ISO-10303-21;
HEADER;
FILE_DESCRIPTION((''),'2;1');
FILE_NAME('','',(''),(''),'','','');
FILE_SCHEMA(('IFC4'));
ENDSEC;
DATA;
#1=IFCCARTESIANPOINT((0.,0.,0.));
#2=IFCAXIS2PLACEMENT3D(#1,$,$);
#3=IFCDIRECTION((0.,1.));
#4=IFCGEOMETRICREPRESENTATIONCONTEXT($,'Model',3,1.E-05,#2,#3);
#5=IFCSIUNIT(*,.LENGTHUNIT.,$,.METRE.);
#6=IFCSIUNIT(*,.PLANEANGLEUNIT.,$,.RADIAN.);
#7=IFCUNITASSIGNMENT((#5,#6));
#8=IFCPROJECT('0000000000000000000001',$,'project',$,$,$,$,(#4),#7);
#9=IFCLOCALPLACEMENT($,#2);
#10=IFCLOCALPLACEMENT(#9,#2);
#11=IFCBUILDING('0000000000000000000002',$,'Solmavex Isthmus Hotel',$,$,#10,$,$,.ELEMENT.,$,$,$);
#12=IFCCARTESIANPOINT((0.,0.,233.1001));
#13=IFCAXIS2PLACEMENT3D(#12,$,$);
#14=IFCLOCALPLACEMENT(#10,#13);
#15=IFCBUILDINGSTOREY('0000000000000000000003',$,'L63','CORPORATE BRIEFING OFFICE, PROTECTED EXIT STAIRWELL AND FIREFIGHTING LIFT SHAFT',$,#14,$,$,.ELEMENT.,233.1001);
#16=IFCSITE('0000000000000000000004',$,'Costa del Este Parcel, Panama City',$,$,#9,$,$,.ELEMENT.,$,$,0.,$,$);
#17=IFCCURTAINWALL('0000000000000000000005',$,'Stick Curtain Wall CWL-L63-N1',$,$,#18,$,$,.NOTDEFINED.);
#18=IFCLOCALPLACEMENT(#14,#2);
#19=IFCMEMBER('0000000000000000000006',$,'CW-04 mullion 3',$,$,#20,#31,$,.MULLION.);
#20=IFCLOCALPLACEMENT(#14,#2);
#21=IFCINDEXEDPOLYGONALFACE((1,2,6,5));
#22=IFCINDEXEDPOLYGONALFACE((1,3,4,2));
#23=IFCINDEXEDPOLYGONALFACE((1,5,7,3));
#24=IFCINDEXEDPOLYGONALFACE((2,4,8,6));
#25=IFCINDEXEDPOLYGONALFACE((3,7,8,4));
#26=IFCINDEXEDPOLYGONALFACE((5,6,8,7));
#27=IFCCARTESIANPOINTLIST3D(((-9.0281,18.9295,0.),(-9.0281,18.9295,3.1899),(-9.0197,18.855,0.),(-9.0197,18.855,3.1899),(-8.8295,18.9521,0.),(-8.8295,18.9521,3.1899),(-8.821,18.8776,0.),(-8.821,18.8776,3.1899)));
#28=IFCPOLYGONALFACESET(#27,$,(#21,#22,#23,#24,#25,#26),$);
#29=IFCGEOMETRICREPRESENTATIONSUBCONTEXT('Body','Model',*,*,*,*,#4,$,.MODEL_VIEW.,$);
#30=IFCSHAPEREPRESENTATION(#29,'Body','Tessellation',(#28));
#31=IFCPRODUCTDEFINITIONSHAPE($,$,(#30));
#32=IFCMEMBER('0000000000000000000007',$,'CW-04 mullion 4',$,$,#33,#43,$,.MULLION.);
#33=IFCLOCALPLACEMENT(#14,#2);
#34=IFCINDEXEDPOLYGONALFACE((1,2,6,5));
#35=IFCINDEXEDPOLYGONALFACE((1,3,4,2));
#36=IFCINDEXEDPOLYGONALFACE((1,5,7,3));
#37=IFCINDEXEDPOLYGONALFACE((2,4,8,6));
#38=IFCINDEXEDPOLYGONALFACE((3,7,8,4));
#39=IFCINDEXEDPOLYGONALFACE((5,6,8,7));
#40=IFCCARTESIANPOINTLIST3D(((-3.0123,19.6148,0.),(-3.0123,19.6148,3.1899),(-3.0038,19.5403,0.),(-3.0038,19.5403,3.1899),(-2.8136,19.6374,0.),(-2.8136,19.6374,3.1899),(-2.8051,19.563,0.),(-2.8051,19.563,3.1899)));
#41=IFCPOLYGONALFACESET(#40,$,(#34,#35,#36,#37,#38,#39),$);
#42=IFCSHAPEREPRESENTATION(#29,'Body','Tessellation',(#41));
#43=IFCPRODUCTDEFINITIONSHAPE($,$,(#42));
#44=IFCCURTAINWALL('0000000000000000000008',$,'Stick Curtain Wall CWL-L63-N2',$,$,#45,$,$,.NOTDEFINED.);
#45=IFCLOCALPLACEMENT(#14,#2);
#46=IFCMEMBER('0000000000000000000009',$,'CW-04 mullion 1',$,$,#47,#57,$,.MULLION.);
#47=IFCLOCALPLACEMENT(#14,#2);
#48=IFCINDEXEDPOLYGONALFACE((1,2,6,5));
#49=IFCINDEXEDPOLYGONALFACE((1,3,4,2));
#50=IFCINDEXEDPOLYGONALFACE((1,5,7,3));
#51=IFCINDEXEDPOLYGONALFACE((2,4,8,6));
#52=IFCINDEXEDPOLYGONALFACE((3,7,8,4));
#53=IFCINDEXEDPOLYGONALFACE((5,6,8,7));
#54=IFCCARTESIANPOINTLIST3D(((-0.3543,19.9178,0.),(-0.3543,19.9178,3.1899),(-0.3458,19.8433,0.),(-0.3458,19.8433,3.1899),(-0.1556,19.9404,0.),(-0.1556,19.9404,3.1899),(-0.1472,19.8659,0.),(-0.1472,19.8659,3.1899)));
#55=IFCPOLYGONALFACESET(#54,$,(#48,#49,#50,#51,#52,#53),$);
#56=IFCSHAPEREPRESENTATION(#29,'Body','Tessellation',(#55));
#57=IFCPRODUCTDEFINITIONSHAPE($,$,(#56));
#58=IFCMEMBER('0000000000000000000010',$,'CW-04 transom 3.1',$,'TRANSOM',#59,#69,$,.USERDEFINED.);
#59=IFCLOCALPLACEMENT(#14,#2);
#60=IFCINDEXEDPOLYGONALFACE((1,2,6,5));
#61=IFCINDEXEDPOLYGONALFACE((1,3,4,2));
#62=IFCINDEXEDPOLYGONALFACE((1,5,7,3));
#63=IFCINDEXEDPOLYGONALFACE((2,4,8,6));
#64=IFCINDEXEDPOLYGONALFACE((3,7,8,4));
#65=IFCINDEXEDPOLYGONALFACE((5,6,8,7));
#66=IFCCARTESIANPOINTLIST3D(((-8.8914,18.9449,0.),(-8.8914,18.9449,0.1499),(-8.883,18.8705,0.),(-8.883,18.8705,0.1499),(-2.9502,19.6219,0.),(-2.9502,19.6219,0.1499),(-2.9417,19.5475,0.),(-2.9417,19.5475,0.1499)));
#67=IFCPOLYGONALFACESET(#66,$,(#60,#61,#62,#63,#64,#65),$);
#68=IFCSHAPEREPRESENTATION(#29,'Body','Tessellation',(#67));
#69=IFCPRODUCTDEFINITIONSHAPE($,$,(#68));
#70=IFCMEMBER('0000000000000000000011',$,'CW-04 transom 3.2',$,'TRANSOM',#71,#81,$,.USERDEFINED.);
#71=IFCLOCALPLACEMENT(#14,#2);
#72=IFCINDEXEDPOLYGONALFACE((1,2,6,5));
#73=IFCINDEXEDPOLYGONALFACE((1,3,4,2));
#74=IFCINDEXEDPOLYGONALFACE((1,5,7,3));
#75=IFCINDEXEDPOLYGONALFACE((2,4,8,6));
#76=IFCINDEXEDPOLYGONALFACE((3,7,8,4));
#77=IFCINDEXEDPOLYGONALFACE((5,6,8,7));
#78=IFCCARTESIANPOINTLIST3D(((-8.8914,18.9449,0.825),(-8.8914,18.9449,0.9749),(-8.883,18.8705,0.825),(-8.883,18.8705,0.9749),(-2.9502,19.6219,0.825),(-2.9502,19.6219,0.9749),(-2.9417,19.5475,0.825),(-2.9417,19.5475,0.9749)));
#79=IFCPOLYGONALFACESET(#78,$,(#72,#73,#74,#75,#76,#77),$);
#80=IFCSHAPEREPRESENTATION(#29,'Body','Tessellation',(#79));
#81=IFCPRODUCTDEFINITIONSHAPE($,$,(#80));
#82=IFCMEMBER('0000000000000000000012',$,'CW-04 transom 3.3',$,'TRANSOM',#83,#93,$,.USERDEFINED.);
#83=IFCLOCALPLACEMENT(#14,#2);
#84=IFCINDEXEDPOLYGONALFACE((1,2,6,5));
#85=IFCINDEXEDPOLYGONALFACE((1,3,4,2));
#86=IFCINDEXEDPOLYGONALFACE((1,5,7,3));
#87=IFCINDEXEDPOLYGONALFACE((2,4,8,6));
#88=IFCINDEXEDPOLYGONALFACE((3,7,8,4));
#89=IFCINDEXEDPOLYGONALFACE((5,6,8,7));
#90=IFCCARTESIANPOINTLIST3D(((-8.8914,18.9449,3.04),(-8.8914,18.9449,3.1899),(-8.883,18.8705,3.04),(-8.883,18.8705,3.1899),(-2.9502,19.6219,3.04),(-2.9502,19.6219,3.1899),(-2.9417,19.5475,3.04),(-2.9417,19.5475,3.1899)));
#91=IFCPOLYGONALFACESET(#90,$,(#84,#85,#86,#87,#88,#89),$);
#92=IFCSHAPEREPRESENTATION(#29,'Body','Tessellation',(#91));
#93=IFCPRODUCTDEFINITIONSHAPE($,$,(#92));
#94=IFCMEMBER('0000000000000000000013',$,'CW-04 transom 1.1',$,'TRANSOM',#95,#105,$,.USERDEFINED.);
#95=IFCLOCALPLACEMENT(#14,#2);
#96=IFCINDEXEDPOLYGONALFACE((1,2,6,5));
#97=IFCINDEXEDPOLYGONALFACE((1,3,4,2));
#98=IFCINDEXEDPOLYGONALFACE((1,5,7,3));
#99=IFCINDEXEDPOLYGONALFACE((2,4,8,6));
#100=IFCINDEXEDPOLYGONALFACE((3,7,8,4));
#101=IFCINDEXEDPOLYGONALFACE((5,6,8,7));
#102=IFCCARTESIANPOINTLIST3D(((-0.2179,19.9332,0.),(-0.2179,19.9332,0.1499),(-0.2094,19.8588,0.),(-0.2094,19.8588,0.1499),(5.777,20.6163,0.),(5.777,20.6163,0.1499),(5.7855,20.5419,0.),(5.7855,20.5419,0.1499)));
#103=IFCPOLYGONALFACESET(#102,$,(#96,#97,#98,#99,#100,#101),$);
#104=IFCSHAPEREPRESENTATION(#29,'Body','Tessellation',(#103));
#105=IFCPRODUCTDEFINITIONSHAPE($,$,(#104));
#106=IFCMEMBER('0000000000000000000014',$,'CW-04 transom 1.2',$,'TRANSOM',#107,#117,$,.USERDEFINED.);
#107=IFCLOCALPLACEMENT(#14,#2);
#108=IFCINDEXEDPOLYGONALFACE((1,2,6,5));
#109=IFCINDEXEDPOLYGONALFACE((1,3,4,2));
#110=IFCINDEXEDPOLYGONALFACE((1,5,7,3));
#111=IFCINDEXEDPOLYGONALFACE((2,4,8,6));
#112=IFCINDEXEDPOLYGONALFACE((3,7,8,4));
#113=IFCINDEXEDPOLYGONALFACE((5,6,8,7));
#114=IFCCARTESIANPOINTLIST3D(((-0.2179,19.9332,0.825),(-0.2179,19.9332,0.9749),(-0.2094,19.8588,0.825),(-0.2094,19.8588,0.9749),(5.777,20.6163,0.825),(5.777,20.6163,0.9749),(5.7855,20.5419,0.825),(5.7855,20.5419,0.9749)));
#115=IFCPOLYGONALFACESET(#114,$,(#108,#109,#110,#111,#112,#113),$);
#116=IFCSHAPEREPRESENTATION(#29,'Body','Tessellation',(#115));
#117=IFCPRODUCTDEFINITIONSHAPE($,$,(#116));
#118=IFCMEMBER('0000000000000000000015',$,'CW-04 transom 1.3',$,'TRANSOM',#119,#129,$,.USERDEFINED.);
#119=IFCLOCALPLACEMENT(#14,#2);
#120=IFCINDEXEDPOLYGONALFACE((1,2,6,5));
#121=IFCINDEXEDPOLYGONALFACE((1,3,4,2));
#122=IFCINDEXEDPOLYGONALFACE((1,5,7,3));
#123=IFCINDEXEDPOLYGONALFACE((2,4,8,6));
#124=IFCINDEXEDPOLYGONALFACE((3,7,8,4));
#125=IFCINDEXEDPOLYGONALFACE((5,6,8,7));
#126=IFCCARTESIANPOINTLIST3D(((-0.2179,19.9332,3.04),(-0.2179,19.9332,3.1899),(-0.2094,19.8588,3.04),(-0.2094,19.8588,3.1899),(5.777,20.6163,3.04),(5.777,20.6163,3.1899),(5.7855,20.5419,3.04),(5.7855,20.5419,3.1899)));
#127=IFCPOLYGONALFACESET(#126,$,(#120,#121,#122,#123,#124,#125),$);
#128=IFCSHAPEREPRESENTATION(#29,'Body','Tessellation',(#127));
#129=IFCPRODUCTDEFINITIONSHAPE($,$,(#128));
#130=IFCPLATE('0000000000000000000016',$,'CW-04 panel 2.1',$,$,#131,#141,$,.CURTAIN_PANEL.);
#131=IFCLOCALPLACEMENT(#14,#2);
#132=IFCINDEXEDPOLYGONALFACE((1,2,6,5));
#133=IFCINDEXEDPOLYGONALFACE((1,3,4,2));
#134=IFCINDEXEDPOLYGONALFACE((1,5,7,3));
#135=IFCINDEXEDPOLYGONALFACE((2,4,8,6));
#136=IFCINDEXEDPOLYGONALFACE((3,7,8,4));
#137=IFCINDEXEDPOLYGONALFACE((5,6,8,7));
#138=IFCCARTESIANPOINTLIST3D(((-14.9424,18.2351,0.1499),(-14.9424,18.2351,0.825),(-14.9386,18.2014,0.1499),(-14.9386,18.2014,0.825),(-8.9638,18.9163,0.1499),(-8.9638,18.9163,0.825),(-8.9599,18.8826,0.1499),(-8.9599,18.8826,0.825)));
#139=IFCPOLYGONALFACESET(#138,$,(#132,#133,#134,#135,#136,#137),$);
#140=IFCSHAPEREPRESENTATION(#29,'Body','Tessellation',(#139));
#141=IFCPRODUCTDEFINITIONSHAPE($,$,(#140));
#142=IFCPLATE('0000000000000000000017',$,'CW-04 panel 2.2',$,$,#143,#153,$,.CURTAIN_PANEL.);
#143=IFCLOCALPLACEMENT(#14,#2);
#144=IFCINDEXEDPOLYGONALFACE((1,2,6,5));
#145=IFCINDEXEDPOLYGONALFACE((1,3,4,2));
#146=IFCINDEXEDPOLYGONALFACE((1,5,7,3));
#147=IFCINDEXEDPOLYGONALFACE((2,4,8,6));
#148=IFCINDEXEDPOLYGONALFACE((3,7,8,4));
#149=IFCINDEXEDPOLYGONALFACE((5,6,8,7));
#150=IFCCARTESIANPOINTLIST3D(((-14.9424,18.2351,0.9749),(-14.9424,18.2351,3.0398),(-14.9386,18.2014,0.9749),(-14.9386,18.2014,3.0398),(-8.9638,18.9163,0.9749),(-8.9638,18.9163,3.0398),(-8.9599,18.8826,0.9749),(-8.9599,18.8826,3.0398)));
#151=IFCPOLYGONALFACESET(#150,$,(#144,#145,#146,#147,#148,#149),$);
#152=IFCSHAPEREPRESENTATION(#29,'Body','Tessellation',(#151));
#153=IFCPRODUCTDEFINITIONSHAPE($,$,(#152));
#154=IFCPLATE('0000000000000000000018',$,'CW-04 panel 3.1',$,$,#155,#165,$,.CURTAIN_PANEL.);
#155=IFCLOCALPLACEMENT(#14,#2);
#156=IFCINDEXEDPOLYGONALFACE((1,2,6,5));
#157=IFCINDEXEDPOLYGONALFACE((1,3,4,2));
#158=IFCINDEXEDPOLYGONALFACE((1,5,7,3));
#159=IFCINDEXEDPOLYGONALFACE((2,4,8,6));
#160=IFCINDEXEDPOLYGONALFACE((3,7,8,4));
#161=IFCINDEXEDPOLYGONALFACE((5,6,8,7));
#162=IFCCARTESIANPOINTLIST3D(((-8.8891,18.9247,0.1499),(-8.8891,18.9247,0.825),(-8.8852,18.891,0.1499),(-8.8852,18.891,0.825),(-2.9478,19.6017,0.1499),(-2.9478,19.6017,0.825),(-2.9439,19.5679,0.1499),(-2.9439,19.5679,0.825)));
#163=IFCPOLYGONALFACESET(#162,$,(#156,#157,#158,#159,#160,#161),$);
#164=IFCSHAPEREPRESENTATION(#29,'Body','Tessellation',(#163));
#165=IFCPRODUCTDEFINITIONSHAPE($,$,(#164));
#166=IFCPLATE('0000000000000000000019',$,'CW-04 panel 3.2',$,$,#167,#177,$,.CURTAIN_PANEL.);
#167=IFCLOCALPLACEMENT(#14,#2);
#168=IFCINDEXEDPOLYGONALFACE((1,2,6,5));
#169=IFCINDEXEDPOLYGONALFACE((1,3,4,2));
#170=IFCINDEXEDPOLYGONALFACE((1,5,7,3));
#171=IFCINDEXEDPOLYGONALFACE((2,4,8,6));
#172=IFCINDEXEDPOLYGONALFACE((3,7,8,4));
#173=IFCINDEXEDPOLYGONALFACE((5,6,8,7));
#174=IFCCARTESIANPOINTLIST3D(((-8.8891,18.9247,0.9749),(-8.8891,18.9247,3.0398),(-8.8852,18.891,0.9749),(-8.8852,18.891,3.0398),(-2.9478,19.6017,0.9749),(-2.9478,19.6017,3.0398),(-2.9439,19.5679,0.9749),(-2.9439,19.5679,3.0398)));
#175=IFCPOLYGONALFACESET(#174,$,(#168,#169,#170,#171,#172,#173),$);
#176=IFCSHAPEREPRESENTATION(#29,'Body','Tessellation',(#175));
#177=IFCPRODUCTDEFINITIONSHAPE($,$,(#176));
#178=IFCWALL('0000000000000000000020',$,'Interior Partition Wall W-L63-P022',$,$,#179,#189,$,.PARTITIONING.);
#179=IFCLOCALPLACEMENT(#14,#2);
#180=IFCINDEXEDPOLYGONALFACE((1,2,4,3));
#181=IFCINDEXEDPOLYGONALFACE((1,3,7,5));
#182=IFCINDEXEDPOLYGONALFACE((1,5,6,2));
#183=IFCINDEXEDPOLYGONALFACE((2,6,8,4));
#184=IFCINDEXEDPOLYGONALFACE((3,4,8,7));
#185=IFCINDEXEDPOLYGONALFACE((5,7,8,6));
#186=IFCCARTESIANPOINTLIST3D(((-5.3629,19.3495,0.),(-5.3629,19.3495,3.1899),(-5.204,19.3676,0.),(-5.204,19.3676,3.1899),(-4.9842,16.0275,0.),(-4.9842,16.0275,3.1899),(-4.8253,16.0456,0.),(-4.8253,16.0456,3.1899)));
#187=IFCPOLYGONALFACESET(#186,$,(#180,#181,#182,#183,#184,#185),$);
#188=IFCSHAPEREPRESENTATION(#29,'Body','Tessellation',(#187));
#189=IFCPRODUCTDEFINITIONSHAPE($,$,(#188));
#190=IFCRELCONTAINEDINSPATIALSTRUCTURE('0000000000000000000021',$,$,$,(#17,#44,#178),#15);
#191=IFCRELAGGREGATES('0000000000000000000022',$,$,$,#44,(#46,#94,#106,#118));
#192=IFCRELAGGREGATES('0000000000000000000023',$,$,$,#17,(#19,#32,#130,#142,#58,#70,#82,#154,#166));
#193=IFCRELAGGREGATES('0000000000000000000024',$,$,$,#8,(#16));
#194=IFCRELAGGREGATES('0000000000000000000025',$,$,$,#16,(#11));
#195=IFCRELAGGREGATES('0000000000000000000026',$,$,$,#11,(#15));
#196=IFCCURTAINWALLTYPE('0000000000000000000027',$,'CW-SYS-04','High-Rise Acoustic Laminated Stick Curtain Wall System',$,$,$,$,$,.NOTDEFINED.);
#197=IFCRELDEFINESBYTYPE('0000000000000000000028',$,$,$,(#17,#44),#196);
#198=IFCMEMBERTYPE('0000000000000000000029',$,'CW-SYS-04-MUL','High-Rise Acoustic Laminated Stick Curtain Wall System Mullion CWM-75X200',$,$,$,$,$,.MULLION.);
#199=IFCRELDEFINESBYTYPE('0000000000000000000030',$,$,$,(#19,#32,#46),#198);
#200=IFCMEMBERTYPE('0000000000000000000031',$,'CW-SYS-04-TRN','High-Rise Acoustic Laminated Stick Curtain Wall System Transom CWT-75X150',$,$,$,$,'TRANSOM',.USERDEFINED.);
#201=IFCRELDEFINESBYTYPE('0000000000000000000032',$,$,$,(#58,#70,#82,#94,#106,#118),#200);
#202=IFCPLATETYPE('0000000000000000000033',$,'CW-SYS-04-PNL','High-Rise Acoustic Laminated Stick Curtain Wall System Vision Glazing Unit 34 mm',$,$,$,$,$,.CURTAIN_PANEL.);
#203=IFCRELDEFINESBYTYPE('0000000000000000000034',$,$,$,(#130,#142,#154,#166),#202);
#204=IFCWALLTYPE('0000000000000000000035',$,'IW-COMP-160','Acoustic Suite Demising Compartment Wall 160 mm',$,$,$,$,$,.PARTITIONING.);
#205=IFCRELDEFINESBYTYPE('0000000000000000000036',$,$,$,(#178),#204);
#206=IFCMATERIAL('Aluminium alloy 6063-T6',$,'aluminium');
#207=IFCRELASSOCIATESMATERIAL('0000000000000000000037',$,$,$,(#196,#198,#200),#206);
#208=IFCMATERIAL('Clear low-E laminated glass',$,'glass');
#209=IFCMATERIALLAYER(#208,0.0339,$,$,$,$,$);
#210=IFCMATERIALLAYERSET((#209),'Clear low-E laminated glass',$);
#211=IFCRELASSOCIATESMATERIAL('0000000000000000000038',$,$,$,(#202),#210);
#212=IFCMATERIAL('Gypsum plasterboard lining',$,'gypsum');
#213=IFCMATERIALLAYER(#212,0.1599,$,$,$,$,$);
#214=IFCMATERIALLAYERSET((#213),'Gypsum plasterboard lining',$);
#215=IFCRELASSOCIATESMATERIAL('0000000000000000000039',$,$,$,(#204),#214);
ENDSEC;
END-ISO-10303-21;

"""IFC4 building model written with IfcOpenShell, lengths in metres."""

from ifc_helpers import new_model, si_unit, direction, frame, frame_2d, origin, origin_2d, place, context, subcontext, project, spatial, rectangle, extrude, material, layer, layer_set, material_profile, profile_set, type_object, element, aggregate, save


model = new_model("IFC4")

# Units and contexts
model_context = context("Model", 3, precision=1e-05, world=origin(), true_north=direction((0.0, 1.0)))
body_context = subcontext(model_context, "Body", "Model", "MODEL_VIEW")
ifc_project = project(units=[si_unit("LENGTHUNIT", "METRE"), si_unit("PLANEANGLEUNIT", "RADIAN")], contexts=[model_context])

# Site, building, storey
site_placement = place(None, origin())
site = spatial("IfcSite", under=ifc_project, at=site_placement, Name="Costa del Este Parcel, Panama City", CompositionType="ELEMENT", RefElevation=0.0)
building_placement = place(site_placement, origin())
building = spatial("IfcBuilding", under=site, at=building_placement, Name="Solmavex Isthmus Hotel", CompositionType="ELEMENT")
storey_placement = place(building_placement, frame((0.0, 0.0, 233.1001)))
storey = spatial("IfcBuildingStorey", under=building, at=storey_placement, Name="L63", Description="CORPORATE BRIEFING OFFICE, PROTECTED EXIT STAIRWELL AND FIREFIGHTING LIFT SHAFT", CompositionType="ELEMENT", Elevation=233.1001)

# Curtain wall, members
ifc_material_1 = material(Name="Aluminium alloy 6063-T6", Category="aluminium")
curtain_wall_type = type_object("IfcCurtainWallType", Name="CW-SYS-04", Description="High-Rise Acoustic Laminated Stick Curtain Wall System", PredefinedType="NOTDEFINED", material=ifc_material_1)
curtain_wall_1_placement = place(storey_placement, origin())
curtain_wall_1 = element("IfcCurtainWall", 1, at=curtain_wall_1_placement, inside=storey, type_object=curtain_wall_type, Name="Stick Curtain Wall CWL-L63-N1", PredefinedType="NOTDEFINED")
ifc_material_profile_1 = material_profile(ifc_material_1, rectangle(XDim=0.075, YDim=0.2, at=origin_2d()), Name="CWM-75X200")
ifc_profile_set_1 = profile_set([ifc_material_profile_1], Name="Aluminium alloy 6063-T6")
member_type_1 = type_object("IfcMemberType", Name="CW-SYS-04-MUL", Description="High-Rise Acoustic Laminated Stick Curtain Wall System Mullion CWM-75X200", PredefinedType="MULLION", material=ifc_profile_set_1)
member_1_placement = place(storey_placement, frame((-8.9246, 18.9036, 0.0), z_axis=(0.0, 0.0, 1.0), x_axis=(-0.113203, 0.993572, 0.0)))
member_1 = element("IfcMember", 2, at=member_1_placement, type_object=member_type_1, Name="CW-04 mullion 3", PredefinedType="MULLION", context=body_context, shape_type="SweptSolid", body=[
    extrude(rectangle(XDim=0.075, YDim=0.2, at=origin_2d()), origin(), (0.0, 0.0, 1.0), 3.1899),
])
member_2_placement = place(storey_placement, frame((-2.9087, 19.5889, 0.0), z_axis=(0.0, 0.0, 1.0), x_axis=(-0.113203, 0.993572, 0.0)))
member_2 = element("IfcMember", 3, at=member_2_placement, type_object=member_type_1, Name="CW-04 mullion 4", PredefinedType="MULLION", context=body_context, shape_type="SweptSolid", body=[
    extrude(rectangle(XDim=0.075, YDim=0.2, at=origin_2d()), origin(), (0.0, 0.0, 1.0), 3.1899),
])

# Curtain wall, member
curtain_wall_2_placement = place(storey_placement, origin())
curtain_wall_2 = element("IfcCurtainWall", 4, at=curtain_wall_2_placement, inside=storey, type_object=curtain_wall_type, Name="Stick Curtain Wall CWL-L63-N2", PredefinedType="NOTDEFINED")
member_3_placement = place(storey_placement, frame((-0.2507, 19.8918, 0.0), z_axis=(0.0, 0.0, 1.0), x_axis=(-0.113203, 0.993572, 0.0)))
member_3 = element("IfcMember", 5, at=member_3_placement, type_object=member_type_1, Name="CW-04 mullion 1", PredefinedType="MULLION", context=body_context, shape_type="SweptSolid", body=[
    extrude(rectangle(XDim=0.075, YDim=0.2, at=origin_2d()), origin(), (0.0, 0.0, 1.0), 3.1899),
])

# Members
ifc_material_profile_2 = material_profile(ifc_material_1, rectangle(XDim=0.075, YDim=0.1499, at=origin_2d()), Name="CWT-75X150")
ifc_profile_set_2 = profile_set([ifc_material_profile_2], Name="Aluminium alloy 6063-T6")
member_type_2 = type_object("IfcMemberType", Name="CW-SYS-04-TRN", Description="High-Rise Acoustic Laminated Stick Curtain Wall System Transom CWT-75X150", ElementType="TRANSOM", PredefinedType="USERDEFINED", material=ifc_profile_set_2)
member_4_placement = place(storey_placement, frame((-8.8872, 18.9077, 0.075), z_axis=(0.993571, 0.113214, 0.0), x_axis=(-0.113214, 0.993571, 0.0)))
member_4 = element("IfcMember", 6, at=member_4_placement, type_object=member_type_2, Name="CW-04 transom 3.1", ObjectType="TRANSOM", PredefinedType="USERDEFINED", context=body_context, shape_type="SweptSolid", body=[
    extrude(rectangle(XDim=0.075, YDim=0.1499, at=origin_2d()), origin(), (0.0, 0.0, 1.0), 5.9797),
])
member_5_placement = place(storey_placement, frame((-8.8872, 18.9077, 0.8999), z_axis=(0.993571, 0.113214, 0.0), x_axis=(-0.113214, 0.993571, 0.0)))
member_5 = element("IfcMember", 7, at=member_5_placement, type_object=member_type_2, Name="CW-04 transom 3.2", ObjectType="TRANSOM", PredefinedType="USERDEFINED", context=body_context, shape_type="SweptSolid", body=[
    extrude(rectangle(XDim=0.075, YDim=0.1499, at=origin_2d()), origin(), (0.0, 0.0, 1.0), 5.9797),
])
member_6_placement = place(storey_placement, frame((-8.8872, 18.9077, 3.115), z_axis=(0.993571, 0.113214, 0.0), x_axis=(-0.113214, 0.993571, 0.0)))
member_6 = element("IfcMember", 8, at=member_6_placement, type_object=member_type_2, Name="CW-04 transom 3.3", ObjectType="TRANSOM", PredefinedType="USERDEFINED", context=body_context, shape_type="SweptSolid", body=[
    extrude(rectangle(XDim=0.075, YDim=0.1499, at=origin_2d()), origin(), (0.0, 0.0, 1.0), 5.9797),
])
member_7_placement = place(storey_placement, frame((-0.2136, 19.896, 0.075), z_axis=(0.99357, 0.113216, 0.0), x_axis=(-0.113216, 0.99357, 0.0)))
member_7 = element("IfcMember", 9, at=member_7_placement, type_object=member_type_2, Name="CW-04 transom 1.1", ObjectType="TRANSOM", PredefinedType="USERDEFINED", context=body_context, shape_type="SweptSolid", body=[
    extrude(rectangle(XDim=0.075, YDim=0.1499, at=origin_2d()), origin(), (0.0, 0.0, 1.0), 6.0337),
])
member_8_placement = place(storey_placement, frame((-0.2136, 19.896, 0.8999), z_axis=(0.99357, 0.113216, 0.0), x_axis=(-0.113216, 0.99357, 0.0)))
member_8 = element("IfcMember", 10, at=member_8_placement, type_object=member_type_2, Name="CW-04 transom 1.2", ObjectType="TRANSOM", PredefinedType="USERDEFINED", context=body_context, shape_type="SweptSolid", body=[
    extrude(rectangle(XDim=0.075, YDim=0.1499, at=origin_2d()), origin(), (0.0, 0.0, 1.0), 6.0337),
])
member_9_placement = place(storey_placement, frame((-0.2136, 19.896, 3.115), z_axis=(0.99357, 0.113216, 0.0), x_axis=(-0.113216, 0.99357, 0.0)))
member_9 = element("IfcMember", 11, at=member_9_placement, type_object=member_type_2, Name="CW-04 transom 1.3", ObjectType="TRANSOM", PredefinedType="USERDEFINED", context=body_context, shape_type="SweptSolid", body=[
    extrude(rectangle(XDim=0.075, YDim=0.1499, at=origin_2d()), origin(), (0.0, 0.0, 1.0), 6.0337),
])
aggregate(curtain_wall_2, [member_3, member_7, member_8, member_9])

# Plates
ifc_material_2 = material(Name="Clear low-E laminated glass", Category="glass")
ifc_layer_1 = layer(ifc_material_2, 0.0339)
ifc_layer_set_1 = layer_set([ifc_layer_1], Name="Clear low-E laminated glass")
plate_type = type_object("IfcPlateType", Name="CW-SYS-04-PNL", Description="High-Rise Acoustic Laminated Stick Curtain Wall System Vision Glazing Unit 34 mm", PredefinedType="CURTAIN_PANEL", material=ifc_layer_set_1)
plate_1_placement = place(storey_placement, frame((-11.9512, 18.5588, 0.1499), z_axis=(0.0, 0.0, 1.0), x_axis=(0.993572, 0.113203, 0.0)))
plate_1 = element("IfcPlate", 12, at=plate_1_placement, type_object=plate_type, Name="CW-04 panel 2.1", PredefinedType="CURTAIN_PANEL", context=body_context, shape_type="SweptSolid", body=[
    extrude(rectangle(XDim=6.0173, YDim=0.0339, at=origin_2d()), origin(), (0.0, 0.0, 1.0), 0.675),
])
plate_2_placement = place(storey_placement, frame((-11.9512, 18.5588, 0.9749), z_axis=(0.0, 0.0, 1.0), x_axis=(0.993572, 0.113203, 0.0)))
plate_2 = element("IfcPlate", 13, at=plate_2_placement, type_object=plate_type, Name="CW-04 panel 2.2", PredefinedType="CURTAIN_PANEL", context=body_context, shape_type="SweptSolid", body=[
    extrude(rectangle(XDim=6.0173, YDim=0.0339, at=origin_2d()), origin(), (0.0, 0.0, 1.0), 2.0649),
])
plate_3_placement = place(storey_placement, frame((-5.9165, 19.2463, 0.1499), z_axis=(0.0, 0.0, 1.0), x_axis=(0.993572, 0.113203, 0.0)))
plate_3 = element("IfcPlate", 14, at=plate_3_placement, type_object=plate_type, Name="CW-04 panel 3.1", PredefinedType="CURTAIN_PANEL", context=body_context, shape_type="SweptSolid", body=[
    extrude(rectangle(XDim=5.9797, YDim=0.0339, at=origin_2d()), origin(), (0.0, 0.0, 1.0), 0.675),
])
plate_4_placement = place(storey_placement, frame((-5.9165, 19.2463, 0.9749), z_axis=(0.0, 0.0, 1.0), x_axis=(0.993572, 0.113203, 0.0)))
plate_4 = element("IfcPlate", 15, at=plate_4_placement, type_object=plate_type, Name="CW-04 panel 3.2", PredefinedType="CURTAIN_PANEL", context=body_context, shape_type="SweptSolid", body=[
    extrude(rectangle(XDim=5.9797, YDim=0.0339, at=origin_2d()), origin(), (0.0, 0.0, 1.0), 2.0649),
])
aggregate(curtain_wall_1, [member_1, member_2, plate_1, plate_2, member_4, member_5, member_6, plate_3, plate_4])

# Wall
ifc_material_3 = material(Name="Gypsum plasterboard lining", Category="gypsum")
ifc_layer_2 = layer(ifc_material_3, 0.1599)
ifc_layer_set_2 = layer_set([ifc_layer_2], Name="Gypsum plasterboard lining")
wall_type_1 = type_object("IfcWallType", Name="IW-COMP-160", Description="Acoustic Suite Demising Compartment Wall 160 mm", PredefinedType="PARTITIONING", material=ifc_layer_set_2)
wall_1_placement = place(storey_placement, frame((-5.2834, 19.3586, 0.0), z_axis=(0.0, 0.0, 1.0), x_axis=(0.113252, -0.993566, 0.0)))
element("IfcWall", 16, at=wall_1_placement, inside=storey, type_object=wall_type_1, Name="Interior Partition Wall W-L63-P022", PredefinedType="PARTITIONING", context=body_context, shape_type="SweptSolid", body=[
    extrude(rectangle(XDim=3.3435, YDim=0.1599, at=frame_2d((1.6719, 0.0))), origin(), (0.0, 0.0, 1.0), 3.1899),
])

save(model, "model.ifc")
